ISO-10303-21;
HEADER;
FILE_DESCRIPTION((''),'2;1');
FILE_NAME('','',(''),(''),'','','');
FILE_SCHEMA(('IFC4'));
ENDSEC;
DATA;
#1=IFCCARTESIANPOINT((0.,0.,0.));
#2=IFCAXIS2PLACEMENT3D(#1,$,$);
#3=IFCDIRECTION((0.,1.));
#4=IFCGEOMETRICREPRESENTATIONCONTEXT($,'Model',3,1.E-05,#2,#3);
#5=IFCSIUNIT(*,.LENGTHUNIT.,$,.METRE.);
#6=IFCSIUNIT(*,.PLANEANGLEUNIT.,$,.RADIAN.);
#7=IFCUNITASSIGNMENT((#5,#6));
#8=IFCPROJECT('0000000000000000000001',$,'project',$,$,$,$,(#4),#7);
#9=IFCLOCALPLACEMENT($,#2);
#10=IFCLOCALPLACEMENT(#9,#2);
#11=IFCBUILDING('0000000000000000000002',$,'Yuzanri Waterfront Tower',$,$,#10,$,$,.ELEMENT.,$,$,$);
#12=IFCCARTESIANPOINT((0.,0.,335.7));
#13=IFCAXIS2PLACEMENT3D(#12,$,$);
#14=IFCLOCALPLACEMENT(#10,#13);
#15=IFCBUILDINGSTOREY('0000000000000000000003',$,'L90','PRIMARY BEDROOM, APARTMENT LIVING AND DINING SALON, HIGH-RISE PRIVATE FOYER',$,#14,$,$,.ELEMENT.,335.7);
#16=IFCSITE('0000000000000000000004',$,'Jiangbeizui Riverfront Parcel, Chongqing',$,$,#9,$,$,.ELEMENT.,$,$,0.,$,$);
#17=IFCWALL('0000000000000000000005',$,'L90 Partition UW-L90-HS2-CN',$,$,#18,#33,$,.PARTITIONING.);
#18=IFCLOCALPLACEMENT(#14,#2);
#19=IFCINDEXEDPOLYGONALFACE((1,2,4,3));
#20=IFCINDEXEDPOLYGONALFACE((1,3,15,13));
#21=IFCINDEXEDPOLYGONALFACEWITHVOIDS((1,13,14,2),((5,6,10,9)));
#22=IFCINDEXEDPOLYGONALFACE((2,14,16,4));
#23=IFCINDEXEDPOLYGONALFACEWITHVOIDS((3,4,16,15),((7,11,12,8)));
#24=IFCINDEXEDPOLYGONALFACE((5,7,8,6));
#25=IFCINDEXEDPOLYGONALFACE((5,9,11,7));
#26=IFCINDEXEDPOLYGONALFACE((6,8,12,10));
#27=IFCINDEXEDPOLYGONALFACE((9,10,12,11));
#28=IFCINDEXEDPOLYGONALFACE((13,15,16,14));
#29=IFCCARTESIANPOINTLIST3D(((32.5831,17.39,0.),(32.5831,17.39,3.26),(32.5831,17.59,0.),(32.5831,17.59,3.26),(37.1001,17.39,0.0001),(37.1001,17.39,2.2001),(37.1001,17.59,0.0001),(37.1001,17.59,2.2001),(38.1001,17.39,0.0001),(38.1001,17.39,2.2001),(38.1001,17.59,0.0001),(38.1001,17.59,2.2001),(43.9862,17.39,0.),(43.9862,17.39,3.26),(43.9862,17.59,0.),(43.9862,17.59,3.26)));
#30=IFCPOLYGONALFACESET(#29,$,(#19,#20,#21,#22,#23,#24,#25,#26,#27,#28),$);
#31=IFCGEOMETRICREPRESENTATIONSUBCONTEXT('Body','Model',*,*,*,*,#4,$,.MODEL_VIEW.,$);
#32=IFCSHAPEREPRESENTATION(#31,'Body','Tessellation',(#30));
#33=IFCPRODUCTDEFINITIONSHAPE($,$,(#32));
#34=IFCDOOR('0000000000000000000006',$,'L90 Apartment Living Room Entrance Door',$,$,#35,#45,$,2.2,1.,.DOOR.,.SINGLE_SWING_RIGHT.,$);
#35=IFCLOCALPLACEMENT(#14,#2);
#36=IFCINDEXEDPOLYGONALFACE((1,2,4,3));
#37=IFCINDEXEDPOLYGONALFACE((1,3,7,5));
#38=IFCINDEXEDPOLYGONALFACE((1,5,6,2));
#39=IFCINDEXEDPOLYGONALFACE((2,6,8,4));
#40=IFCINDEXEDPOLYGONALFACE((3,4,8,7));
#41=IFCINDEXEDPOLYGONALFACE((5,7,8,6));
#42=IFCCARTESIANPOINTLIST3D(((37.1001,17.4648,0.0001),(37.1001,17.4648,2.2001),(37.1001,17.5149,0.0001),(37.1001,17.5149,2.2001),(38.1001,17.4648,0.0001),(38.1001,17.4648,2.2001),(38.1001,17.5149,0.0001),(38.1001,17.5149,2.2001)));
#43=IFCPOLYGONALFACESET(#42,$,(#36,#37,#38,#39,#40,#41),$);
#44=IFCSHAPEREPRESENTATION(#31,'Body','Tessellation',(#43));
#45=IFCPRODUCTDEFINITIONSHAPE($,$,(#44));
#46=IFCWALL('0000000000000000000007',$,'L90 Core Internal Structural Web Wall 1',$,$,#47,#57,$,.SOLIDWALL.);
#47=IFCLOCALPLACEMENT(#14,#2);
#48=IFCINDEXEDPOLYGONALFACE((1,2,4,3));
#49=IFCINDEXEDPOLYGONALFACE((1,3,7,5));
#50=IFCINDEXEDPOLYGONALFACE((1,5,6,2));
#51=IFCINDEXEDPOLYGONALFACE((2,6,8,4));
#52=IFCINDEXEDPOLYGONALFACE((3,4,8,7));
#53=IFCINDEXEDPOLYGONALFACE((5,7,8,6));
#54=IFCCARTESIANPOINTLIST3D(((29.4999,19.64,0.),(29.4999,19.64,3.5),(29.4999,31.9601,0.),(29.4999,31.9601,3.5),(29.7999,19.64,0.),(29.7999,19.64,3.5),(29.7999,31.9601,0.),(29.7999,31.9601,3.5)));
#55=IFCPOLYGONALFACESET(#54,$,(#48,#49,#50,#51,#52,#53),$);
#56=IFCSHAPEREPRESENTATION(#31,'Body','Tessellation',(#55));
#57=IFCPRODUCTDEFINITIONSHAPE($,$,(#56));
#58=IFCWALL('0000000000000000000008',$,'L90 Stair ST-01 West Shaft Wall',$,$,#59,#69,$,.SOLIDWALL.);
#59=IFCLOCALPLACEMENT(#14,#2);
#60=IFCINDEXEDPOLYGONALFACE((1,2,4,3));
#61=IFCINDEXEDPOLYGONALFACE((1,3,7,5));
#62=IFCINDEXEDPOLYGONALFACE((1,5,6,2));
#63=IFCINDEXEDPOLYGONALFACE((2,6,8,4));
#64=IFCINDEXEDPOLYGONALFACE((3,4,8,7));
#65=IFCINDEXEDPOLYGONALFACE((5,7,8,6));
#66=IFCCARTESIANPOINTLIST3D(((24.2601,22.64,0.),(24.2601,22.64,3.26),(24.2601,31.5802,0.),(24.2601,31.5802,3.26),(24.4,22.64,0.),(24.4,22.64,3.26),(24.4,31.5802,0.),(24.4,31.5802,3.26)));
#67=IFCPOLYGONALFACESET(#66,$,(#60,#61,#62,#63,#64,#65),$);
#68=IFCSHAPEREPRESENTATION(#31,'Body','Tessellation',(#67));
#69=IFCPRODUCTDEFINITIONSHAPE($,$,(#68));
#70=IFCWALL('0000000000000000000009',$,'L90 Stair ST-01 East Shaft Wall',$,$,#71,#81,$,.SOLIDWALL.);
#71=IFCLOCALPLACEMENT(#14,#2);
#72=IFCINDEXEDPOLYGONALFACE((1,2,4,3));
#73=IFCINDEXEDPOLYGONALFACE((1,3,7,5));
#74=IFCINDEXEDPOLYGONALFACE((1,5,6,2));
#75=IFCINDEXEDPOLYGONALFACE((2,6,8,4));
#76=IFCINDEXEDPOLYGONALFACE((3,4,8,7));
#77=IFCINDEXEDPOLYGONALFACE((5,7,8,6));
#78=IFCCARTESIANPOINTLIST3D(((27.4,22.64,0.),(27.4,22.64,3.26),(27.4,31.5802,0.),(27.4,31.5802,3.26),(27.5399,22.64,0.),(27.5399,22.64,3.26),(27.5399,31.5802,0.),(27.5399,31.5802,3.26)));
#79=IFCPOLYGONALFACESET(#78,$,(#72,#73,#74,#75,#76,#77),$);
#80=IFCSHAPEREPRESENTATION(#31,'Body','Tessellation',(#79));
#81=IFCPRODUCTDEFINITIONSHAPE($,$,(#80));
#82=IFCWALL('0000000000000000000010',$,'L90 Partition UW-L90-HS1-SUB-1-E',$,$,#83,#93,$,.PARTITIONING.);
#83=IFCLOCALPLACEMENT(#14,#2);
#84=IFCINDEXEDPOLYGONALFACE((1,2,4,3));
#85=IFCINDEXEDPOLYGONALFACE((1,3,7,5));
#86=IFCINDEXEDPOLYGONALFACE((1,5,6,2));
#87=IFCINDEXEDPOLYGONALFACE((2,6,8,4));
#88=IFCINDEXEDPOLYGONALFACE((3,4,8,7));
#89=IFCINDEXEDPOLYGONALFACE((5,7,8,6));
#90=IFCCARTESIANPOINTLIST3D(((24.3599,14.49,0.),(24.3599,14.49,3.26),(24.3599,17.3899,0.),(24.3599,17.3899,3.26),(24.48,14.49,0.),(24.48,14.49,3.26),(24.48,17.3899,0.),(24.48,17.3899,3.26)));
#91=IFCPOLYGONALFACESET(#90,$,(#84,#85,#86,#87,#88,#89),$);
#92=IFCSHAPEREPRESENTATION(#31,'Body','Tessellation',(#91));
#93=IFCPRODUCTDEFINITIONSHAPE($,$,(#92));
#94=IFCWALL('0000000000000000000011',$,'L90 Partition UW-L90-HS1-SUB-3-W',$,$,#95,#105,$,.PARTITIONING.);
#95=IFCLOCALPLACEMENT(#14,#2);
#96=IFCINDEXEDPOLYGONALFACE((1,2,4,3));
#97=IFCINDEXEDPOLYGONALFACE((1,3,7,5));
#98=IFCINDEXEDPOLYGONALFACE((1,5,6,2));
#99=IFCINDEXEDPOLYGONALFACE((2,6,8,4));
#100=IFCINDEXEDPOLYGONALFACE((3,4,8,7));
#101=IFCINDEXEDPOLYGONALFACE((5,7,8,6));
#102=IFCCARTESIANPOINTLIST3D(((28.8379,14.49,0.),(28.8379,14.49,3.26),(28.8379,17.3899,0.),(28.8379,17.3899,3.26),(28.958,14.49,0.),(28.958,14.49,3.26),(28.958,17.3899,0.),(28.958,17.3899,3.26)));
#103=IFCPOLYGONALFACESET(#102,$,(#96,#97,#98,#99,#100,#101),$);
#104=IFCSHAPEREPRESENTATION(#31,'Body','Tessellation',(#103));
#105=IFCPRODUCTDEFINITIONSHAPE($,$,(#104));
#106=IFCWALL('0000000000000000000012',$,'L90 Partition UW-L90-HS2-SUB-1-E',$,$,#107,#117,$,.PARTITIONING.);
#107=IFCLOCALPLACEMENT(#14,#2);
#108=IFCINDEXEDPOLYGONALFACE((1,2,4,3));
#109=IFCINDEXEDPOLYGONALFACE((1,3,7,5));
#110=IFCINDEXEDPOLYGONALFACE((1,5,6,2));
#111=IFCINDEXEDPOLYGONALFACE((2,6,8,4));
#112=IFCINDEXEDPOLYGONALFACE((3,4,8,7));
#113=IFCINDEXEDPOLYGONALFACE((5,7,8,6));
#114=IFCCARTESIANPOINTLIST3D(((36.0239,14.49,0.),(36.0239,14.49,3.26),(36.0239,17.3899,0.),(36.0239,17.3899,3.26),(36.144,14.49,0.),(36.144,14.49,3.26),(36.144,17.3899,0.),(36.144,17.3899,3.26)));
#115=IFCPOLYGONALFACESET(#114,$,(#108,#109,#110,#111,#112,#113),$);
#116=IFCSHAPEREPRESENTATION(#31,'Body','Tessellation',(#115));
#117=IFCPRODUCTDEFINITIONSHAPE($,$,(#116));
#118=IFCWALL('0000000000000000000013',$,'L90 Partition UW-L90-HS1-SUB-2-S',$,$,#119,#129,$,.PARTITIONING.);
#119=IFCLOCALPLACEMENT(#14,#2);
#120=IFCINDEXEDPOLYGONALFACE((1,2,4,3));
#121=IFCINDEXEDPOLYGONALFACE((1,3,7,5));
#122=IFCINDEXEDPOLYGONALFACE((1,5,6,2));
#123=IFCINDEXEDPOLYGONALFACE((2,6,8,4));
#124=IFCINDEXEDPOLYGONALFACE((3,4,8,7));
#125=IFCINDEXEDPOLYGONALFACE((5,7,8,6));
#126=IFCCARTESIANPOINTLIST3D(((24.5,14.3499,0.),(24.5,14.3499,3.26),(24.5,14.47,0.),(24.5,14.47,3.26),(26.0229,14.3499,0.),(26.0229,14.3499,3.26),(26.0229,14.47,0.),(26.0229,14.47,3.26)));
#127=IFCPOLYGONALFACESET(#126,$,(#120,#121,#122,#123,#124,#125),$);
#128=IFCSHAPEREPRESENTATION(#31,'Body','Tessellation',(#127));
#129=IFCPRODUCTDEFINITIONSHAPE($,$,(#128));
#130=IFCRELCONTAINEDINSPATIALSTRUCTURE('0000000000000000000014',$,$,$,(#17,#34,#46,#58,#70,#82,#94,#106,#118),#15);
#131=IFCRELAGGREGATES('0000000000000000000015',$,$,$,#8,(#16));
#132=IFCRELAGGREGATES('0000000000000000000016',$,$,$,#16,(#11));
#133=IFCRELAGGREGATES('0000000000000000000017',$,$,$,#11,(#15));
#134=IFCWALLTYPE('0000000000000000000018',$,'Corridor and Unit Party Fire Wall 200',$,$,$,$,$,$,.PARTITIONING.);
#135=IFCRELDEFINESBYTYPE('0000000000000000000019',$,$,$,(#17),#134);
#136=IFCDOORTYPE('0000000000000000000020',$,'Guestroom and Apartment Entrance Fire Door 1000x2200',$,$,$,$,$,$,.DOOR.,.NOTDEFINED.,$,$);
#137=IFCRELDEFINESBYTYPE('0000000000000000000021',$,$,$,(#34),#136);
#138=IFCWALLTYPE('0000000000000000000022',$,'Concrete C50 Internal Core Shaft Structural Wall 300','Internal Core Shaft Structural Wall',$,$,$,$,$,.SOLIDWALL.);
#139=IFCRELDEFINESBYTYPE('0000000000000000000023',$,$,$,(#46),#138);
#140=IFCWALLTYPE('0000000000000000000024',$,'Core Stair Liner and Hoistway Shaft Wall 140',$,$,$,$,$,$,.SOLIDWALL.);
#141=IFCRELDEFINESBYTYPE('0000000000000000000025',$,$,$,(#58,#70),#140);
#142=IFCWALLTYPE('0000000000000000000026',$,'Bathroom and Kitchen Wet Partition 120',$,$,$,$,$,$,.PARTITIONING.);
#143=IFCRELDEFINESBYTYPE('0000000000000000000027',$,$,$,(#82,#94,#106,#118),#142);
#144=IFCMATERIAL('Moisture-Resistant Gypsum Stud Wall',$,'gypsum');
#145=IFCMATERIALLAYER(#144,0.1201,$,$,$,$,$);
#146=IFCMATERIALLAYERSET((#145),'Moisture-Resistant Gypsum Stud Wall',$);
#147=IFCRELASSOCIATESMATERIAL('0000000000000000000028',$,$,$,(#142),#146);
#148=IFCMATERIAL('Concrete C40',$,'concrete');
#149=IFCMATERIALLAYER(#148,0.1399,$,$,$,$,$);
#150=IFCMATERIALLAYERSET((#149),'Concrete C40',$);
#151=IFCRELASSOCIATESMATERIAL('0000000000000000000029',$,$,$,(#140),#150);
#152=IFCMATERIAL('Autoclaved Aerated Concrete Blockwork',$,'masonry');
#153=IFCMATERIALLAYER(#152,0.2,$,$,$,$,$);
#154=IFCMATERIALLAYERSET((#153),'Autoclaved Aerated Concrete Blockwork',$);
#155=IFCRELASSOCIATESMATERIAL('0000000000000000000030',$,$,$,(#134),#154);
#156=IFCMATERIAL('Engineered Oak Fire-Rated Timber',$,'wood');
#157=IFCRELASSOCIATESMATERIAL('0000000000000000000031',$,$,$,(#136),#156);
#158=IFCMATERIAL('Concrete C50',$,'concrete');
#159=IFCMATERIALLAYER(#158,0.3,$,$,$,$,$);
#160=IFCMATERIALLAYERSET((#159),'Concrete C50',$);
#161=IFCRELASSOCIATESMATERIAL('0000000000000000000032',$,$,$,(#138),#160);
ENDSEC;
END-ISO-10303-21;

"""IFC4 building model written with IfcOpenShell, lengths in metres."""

from ifc_helpers import new_model, si_unit, direction, frame, frame_2d, origin, place, context, subcontext, project, spatial, rectangle, extrude, source, transform, mapped, material, layer, layer_set, type_object, element, fill, save


model = new_model("IFC4")

# Units and contexts
model_context = context("Model", 3, precision=1e-05, world=origin(), true_north=direction((0.0, 1.0)))
body_context = subcontext(model_context, "Body", "Model", "MODEL_VIEW")
ifc_project = project(units=[si_unit("LENGTHUNIT", "METRE"), si_unit("PLANEANGLEUNIT", "RADIAN")], contexts=[model_context])

# Site, building, storey
site_placement = place(None, origin())
site = spatial("IfcSite", under=ifc_project, at=site_placement, Name="Jiangbeizui Riverfront Parcel, Chongqing", CompositionType="ELEMENT", RefElevation=0.0)
building_placement = place(site_placement, origin())
building = spatial("IfcBuilding", under=site, at=building_placement, Name="Yuzanri Waterfront Tower", CompositionType="ELEMENT")
storey_placement = place(building_placement, frame((0.0, 0.0, 335.7)))
storey = spatial("IfcBuildingStorey", under=building, at=storey_placement, Name="L90", Description="PRIMARY BEDROOM, APARTMENT LIVING AND DINING SALON, HIGH-RISE PRIVATE FOYER", CompositionType="ELEMENT", Elevation=335.7)

# Wall, opening, door
ifc_material_1 = material(Name="Moisture-Resistant Gypsum Stud Wall", Category="gypsum")
ifc_layer_1 = layer(ifc_material_1, 0.1201)
ifc_layer_set_1 = layer_set([ifc_layer_1], Name="Moisture-Resistant Gypsum Stud Wall")
wall_type_1 = type_object("IfcWallType", Name="Bathroom and Kitchen Wet Partition 120", PredefinedType="PARTITIONING", material=ifc_layer_set_1)
ifc_material_2 = material(Name="Concrete C40", Category="concrete")
ifc_layer_2 = layer(ifc_material_2, 0.1399)
ifc_layer_set_2 = layer_set([ifc_layer_2], Name="Concrete C40")
wall_type_2 = type_object("IfcWallType", Name="Core Stair Liner and Hoistway Shaft Wall 140", PredefinedType="SOLIDWALL", material=ifc_layer_set_2)
ifc_material_3 = material(Name="Autoclaved Aerated Concrete Blockwork", Category="masonry")
ifc_layer_3 = layer(ifc_material_3, 0.2)
ifc_layer_set_3 = layer_set([ifc_layer_3], Name="Autoclaved Aerated Concrete Blockwork")
wall_type_3 = type_object("IfcWallType", Name="Corridor and Unit Party Fire Wall 200", PredefinedType="PARTITIONING", material=ifc_layer_set_3)
wall_1_placement = place(storey_placement, frame((32.583, 17.49, 0.0), z_axis=(0.0, 0.0, 1.0), x_axis=(1.0, 0.0, 0.0)))
wall_1 = element("IfcWall", 1, at=wall_1_placement, inside=storey, type_object=wall_type_3, Name="L90 Partition UW-L90-HS2-CN", PredefinedType="PARTITIONING", context=body_context, shape_type="SweptSolid", body=[
    extrude(rectangle(XDim=11.4031, YDim=0.2, at=frame_2d((5.7017, 0.0))), origin(), (0.0, 0.0, 1.0), 3.26),
])
opening_1_placement = place(wall_1_placement, frame((4.5171, 0.0, 0.0)))
opening_1 = element("IfcOpeningElement", 2, at=opening_1_placement, cuts=wall_1, PredefinedType="OPENING", context=body_context, shape_type="SweptSolid", body=[
    extrude(rectangle(XDim=1.0, YDim=2.2, at=frame_2d((0.5, 1.1001))), frame((0.0, 0.1147, 0.0), z_axis=(0.0, -1.0, 0.0), x_axis=(1.0, 0.0, 0.0)), (0.0, 0.0, 1.0), 0.2297),
])
ifc_material_4 = material(Name="Engineered Oak Fire-Rated Timber", Category="wood")
door_type_1 = type_object("IfcDoorType", Name="Guestroom and Apartment Entrance Fire Door 1000x2200", OperationType="NOTDEFINED", PredefinedType="DOOR", material=ifc_material_4)
shared_shape_1 = source(origin(), body_context, "Body", "SweptSolid", [
    extrude(rectangle(XDim=1.0, YDim=2.2, at=frame_2d((0.5, 1.1001))), frame((0.0, 0.0249, 0.0), z_axis=(0.0, -1.0, 0.0), x_axis=(1.0, 0.0, 0.0)), (0.0, 0.0, 1.0), 0.05),
])
door_1_placement = place(opening_1_placement, origin())
door_1 = element("IfcDoor", 3, at=door_1_placement, inside=storey, type_object=door_type_1, Name="L90 Apartment Living Room Entrance Door", OperationType="SINGLE_SWING_RIGHT", OverallHeight=2.2, OverallWidth=1.0, PredefinedType="DOOR", context=body_context, shape_type="MappedRepresentation", body=[
    mapped(shared_shape_1, transform((0.0, 0.0, 0.0), scale=1.0)),
])
fill(opening_1, door_1)

# Walls
ifc_material_5 = material(Name="Concrete C50", Category="concrete")
ifc_layer_4 = layer(ifc_material_5, 0.3)
ifc_layer_set_4 = layer_set([ifc_layer_4], Name="Concrete C50")
wall_type_4 = type_object("IfcWallType", Name="Concrete C50 Internal Core Shaft Structural Wall 300", Description="Internal Core Shaft Structural Wall", PredefinedType="SOLIDWALL", material=ifc_layer_set_4)
shared_shape_2 = source(origin(), body_context, "Body", "SweptSolid", [
    extrude(rectangle(XDim=12.3201, YDim=0.3, at=frame_2d((6.1602, 0.0))), origin(), (0.0, 0.0, 1.0), 3.5),
])
wall_2_placement = place(storey_placement, frame((29.6499, 19.6399, 0.0), z_axis=(0.0, 0.0, 1.0), x_axis=(0.0, 1.0, 0.0)))
element("IfcWall", 4, at=wall_2_placement, inside=storey, type_object=wall_type_4, Name="L90 Core Internal Structural Web Wall 1", PredefinedType="SOLIDWALL", context=body_context, shape_type="MappedRepresentation", body=[
    mapped(shared_shape_2, transform((0.0, 0.0, 0.0), scale=1.0)),
])
shared_shape_3 = source(origin(), body_context, "Body", "SweptSolid", [
    extrude(rectangle(XDim=8.9402, YDim=0.1399, at=frame_2d((4.4702, 0.0))), origin(), (0.0, 0.0, 1.0), 3.26),
])
for number, where, z_axis, x_axis, name in (
    (5, (24.3301, 22.6399, 0.0), (0.0, 0.0, 1.0), (0.0, 1.0, 0.0), "L90 Stair ST-01 West Shaft Wall"),
    (6, (27.47, 22.6399, 0.0), (0.0, 0.0, 1.0), (0.0, 1.0, 0.0), "L90 Stair ST-01 East Shaft Wall"),
):
    element("IfcWall", number, at=place(storey_placement, frame(where, z_axis=z_axis, x_axis=x_axis)), inside=storey, type_object=wall_type_2, Name=name, PredefinedType="SOLIDWALL", context=body_context, shape_type="MappedRepresentation", body=[
        mapped(shared_shape_3, transform((0.0, 0.0, 0.0), scale=1.0)),
    ])
shared_shape_4 = source(origin(), body_context, "Body", "SweptSolid", [
    extrude(rectangle(XDim=2.8999, YDim=0.1201, at=frame_2d((1.45, 0.0))), origin(), (0.0, 0.0, 1.0), 3.26),
])
for number, where, z_axis, x_axis, name in (
    (7, (24.4199, 14.49, 0.0), (0.0, 0.0, 1.0), (0.0, 1.0, 0.0), "L90 Partition UW-L90-HS1-SUB-1-E"),
    (8, (28.8979, 14.49, 0.0), (0.0, 0.0, 1.0), (0.0, 1.0, 0.0), "L90 Partition UW-L90-HS1-SUB-3-W"),
    (9, (36.084, 14.49, 0.0), (0.0, 0.0, 1.0), (0.0, 1.0, 0.0), "L90 Partition UW-L90-HS2-SUB-1-E"),
):
    element("IfcWall", number, at=place(storey_placement, frame(where, z_axis=z_axis, x_axis=x_axis)), inside=storey, type_object=wall_type_1, Name=name, PredefinedType="PARTITIONING", context=body_context, shape_type="MappedRepresentation", body=[
        mapped(shared_shape_4, transform((0.0, 0.0, 0.0), scale=1.0)),
    ])
shared_shape_5 = source(origin(), body_context, "Body", "SweptSolid", [
    extrude(rectangle(XDim=1.5229, YDim=0.1201, at=frame_2d((0.7615, 0.0))), origin(), (0.0, 0.0, 1.0), 3.26),
])
wall_3_placement = place(storey_placement, frame((24.5, 14.4099, 0.0), z_axis=(0.0, 0.0, 1.0), x_axis=(1.0, 0.0, 0.0)))
element("IfcWall", 10, at=wall_3_placement, inside=storey, type_object=wall_type_1, Name="L90 Partition UW-L90-HS1-SUB-2-S", PredefinedType="PARTITIONING", context=body_context, shape_type="MappedRepresentation", body=[
    mapped(shared_shape_5, transform((0.0, 0.0, 0.0), scale=1.0)),
])

save(model, "model.ifc")
